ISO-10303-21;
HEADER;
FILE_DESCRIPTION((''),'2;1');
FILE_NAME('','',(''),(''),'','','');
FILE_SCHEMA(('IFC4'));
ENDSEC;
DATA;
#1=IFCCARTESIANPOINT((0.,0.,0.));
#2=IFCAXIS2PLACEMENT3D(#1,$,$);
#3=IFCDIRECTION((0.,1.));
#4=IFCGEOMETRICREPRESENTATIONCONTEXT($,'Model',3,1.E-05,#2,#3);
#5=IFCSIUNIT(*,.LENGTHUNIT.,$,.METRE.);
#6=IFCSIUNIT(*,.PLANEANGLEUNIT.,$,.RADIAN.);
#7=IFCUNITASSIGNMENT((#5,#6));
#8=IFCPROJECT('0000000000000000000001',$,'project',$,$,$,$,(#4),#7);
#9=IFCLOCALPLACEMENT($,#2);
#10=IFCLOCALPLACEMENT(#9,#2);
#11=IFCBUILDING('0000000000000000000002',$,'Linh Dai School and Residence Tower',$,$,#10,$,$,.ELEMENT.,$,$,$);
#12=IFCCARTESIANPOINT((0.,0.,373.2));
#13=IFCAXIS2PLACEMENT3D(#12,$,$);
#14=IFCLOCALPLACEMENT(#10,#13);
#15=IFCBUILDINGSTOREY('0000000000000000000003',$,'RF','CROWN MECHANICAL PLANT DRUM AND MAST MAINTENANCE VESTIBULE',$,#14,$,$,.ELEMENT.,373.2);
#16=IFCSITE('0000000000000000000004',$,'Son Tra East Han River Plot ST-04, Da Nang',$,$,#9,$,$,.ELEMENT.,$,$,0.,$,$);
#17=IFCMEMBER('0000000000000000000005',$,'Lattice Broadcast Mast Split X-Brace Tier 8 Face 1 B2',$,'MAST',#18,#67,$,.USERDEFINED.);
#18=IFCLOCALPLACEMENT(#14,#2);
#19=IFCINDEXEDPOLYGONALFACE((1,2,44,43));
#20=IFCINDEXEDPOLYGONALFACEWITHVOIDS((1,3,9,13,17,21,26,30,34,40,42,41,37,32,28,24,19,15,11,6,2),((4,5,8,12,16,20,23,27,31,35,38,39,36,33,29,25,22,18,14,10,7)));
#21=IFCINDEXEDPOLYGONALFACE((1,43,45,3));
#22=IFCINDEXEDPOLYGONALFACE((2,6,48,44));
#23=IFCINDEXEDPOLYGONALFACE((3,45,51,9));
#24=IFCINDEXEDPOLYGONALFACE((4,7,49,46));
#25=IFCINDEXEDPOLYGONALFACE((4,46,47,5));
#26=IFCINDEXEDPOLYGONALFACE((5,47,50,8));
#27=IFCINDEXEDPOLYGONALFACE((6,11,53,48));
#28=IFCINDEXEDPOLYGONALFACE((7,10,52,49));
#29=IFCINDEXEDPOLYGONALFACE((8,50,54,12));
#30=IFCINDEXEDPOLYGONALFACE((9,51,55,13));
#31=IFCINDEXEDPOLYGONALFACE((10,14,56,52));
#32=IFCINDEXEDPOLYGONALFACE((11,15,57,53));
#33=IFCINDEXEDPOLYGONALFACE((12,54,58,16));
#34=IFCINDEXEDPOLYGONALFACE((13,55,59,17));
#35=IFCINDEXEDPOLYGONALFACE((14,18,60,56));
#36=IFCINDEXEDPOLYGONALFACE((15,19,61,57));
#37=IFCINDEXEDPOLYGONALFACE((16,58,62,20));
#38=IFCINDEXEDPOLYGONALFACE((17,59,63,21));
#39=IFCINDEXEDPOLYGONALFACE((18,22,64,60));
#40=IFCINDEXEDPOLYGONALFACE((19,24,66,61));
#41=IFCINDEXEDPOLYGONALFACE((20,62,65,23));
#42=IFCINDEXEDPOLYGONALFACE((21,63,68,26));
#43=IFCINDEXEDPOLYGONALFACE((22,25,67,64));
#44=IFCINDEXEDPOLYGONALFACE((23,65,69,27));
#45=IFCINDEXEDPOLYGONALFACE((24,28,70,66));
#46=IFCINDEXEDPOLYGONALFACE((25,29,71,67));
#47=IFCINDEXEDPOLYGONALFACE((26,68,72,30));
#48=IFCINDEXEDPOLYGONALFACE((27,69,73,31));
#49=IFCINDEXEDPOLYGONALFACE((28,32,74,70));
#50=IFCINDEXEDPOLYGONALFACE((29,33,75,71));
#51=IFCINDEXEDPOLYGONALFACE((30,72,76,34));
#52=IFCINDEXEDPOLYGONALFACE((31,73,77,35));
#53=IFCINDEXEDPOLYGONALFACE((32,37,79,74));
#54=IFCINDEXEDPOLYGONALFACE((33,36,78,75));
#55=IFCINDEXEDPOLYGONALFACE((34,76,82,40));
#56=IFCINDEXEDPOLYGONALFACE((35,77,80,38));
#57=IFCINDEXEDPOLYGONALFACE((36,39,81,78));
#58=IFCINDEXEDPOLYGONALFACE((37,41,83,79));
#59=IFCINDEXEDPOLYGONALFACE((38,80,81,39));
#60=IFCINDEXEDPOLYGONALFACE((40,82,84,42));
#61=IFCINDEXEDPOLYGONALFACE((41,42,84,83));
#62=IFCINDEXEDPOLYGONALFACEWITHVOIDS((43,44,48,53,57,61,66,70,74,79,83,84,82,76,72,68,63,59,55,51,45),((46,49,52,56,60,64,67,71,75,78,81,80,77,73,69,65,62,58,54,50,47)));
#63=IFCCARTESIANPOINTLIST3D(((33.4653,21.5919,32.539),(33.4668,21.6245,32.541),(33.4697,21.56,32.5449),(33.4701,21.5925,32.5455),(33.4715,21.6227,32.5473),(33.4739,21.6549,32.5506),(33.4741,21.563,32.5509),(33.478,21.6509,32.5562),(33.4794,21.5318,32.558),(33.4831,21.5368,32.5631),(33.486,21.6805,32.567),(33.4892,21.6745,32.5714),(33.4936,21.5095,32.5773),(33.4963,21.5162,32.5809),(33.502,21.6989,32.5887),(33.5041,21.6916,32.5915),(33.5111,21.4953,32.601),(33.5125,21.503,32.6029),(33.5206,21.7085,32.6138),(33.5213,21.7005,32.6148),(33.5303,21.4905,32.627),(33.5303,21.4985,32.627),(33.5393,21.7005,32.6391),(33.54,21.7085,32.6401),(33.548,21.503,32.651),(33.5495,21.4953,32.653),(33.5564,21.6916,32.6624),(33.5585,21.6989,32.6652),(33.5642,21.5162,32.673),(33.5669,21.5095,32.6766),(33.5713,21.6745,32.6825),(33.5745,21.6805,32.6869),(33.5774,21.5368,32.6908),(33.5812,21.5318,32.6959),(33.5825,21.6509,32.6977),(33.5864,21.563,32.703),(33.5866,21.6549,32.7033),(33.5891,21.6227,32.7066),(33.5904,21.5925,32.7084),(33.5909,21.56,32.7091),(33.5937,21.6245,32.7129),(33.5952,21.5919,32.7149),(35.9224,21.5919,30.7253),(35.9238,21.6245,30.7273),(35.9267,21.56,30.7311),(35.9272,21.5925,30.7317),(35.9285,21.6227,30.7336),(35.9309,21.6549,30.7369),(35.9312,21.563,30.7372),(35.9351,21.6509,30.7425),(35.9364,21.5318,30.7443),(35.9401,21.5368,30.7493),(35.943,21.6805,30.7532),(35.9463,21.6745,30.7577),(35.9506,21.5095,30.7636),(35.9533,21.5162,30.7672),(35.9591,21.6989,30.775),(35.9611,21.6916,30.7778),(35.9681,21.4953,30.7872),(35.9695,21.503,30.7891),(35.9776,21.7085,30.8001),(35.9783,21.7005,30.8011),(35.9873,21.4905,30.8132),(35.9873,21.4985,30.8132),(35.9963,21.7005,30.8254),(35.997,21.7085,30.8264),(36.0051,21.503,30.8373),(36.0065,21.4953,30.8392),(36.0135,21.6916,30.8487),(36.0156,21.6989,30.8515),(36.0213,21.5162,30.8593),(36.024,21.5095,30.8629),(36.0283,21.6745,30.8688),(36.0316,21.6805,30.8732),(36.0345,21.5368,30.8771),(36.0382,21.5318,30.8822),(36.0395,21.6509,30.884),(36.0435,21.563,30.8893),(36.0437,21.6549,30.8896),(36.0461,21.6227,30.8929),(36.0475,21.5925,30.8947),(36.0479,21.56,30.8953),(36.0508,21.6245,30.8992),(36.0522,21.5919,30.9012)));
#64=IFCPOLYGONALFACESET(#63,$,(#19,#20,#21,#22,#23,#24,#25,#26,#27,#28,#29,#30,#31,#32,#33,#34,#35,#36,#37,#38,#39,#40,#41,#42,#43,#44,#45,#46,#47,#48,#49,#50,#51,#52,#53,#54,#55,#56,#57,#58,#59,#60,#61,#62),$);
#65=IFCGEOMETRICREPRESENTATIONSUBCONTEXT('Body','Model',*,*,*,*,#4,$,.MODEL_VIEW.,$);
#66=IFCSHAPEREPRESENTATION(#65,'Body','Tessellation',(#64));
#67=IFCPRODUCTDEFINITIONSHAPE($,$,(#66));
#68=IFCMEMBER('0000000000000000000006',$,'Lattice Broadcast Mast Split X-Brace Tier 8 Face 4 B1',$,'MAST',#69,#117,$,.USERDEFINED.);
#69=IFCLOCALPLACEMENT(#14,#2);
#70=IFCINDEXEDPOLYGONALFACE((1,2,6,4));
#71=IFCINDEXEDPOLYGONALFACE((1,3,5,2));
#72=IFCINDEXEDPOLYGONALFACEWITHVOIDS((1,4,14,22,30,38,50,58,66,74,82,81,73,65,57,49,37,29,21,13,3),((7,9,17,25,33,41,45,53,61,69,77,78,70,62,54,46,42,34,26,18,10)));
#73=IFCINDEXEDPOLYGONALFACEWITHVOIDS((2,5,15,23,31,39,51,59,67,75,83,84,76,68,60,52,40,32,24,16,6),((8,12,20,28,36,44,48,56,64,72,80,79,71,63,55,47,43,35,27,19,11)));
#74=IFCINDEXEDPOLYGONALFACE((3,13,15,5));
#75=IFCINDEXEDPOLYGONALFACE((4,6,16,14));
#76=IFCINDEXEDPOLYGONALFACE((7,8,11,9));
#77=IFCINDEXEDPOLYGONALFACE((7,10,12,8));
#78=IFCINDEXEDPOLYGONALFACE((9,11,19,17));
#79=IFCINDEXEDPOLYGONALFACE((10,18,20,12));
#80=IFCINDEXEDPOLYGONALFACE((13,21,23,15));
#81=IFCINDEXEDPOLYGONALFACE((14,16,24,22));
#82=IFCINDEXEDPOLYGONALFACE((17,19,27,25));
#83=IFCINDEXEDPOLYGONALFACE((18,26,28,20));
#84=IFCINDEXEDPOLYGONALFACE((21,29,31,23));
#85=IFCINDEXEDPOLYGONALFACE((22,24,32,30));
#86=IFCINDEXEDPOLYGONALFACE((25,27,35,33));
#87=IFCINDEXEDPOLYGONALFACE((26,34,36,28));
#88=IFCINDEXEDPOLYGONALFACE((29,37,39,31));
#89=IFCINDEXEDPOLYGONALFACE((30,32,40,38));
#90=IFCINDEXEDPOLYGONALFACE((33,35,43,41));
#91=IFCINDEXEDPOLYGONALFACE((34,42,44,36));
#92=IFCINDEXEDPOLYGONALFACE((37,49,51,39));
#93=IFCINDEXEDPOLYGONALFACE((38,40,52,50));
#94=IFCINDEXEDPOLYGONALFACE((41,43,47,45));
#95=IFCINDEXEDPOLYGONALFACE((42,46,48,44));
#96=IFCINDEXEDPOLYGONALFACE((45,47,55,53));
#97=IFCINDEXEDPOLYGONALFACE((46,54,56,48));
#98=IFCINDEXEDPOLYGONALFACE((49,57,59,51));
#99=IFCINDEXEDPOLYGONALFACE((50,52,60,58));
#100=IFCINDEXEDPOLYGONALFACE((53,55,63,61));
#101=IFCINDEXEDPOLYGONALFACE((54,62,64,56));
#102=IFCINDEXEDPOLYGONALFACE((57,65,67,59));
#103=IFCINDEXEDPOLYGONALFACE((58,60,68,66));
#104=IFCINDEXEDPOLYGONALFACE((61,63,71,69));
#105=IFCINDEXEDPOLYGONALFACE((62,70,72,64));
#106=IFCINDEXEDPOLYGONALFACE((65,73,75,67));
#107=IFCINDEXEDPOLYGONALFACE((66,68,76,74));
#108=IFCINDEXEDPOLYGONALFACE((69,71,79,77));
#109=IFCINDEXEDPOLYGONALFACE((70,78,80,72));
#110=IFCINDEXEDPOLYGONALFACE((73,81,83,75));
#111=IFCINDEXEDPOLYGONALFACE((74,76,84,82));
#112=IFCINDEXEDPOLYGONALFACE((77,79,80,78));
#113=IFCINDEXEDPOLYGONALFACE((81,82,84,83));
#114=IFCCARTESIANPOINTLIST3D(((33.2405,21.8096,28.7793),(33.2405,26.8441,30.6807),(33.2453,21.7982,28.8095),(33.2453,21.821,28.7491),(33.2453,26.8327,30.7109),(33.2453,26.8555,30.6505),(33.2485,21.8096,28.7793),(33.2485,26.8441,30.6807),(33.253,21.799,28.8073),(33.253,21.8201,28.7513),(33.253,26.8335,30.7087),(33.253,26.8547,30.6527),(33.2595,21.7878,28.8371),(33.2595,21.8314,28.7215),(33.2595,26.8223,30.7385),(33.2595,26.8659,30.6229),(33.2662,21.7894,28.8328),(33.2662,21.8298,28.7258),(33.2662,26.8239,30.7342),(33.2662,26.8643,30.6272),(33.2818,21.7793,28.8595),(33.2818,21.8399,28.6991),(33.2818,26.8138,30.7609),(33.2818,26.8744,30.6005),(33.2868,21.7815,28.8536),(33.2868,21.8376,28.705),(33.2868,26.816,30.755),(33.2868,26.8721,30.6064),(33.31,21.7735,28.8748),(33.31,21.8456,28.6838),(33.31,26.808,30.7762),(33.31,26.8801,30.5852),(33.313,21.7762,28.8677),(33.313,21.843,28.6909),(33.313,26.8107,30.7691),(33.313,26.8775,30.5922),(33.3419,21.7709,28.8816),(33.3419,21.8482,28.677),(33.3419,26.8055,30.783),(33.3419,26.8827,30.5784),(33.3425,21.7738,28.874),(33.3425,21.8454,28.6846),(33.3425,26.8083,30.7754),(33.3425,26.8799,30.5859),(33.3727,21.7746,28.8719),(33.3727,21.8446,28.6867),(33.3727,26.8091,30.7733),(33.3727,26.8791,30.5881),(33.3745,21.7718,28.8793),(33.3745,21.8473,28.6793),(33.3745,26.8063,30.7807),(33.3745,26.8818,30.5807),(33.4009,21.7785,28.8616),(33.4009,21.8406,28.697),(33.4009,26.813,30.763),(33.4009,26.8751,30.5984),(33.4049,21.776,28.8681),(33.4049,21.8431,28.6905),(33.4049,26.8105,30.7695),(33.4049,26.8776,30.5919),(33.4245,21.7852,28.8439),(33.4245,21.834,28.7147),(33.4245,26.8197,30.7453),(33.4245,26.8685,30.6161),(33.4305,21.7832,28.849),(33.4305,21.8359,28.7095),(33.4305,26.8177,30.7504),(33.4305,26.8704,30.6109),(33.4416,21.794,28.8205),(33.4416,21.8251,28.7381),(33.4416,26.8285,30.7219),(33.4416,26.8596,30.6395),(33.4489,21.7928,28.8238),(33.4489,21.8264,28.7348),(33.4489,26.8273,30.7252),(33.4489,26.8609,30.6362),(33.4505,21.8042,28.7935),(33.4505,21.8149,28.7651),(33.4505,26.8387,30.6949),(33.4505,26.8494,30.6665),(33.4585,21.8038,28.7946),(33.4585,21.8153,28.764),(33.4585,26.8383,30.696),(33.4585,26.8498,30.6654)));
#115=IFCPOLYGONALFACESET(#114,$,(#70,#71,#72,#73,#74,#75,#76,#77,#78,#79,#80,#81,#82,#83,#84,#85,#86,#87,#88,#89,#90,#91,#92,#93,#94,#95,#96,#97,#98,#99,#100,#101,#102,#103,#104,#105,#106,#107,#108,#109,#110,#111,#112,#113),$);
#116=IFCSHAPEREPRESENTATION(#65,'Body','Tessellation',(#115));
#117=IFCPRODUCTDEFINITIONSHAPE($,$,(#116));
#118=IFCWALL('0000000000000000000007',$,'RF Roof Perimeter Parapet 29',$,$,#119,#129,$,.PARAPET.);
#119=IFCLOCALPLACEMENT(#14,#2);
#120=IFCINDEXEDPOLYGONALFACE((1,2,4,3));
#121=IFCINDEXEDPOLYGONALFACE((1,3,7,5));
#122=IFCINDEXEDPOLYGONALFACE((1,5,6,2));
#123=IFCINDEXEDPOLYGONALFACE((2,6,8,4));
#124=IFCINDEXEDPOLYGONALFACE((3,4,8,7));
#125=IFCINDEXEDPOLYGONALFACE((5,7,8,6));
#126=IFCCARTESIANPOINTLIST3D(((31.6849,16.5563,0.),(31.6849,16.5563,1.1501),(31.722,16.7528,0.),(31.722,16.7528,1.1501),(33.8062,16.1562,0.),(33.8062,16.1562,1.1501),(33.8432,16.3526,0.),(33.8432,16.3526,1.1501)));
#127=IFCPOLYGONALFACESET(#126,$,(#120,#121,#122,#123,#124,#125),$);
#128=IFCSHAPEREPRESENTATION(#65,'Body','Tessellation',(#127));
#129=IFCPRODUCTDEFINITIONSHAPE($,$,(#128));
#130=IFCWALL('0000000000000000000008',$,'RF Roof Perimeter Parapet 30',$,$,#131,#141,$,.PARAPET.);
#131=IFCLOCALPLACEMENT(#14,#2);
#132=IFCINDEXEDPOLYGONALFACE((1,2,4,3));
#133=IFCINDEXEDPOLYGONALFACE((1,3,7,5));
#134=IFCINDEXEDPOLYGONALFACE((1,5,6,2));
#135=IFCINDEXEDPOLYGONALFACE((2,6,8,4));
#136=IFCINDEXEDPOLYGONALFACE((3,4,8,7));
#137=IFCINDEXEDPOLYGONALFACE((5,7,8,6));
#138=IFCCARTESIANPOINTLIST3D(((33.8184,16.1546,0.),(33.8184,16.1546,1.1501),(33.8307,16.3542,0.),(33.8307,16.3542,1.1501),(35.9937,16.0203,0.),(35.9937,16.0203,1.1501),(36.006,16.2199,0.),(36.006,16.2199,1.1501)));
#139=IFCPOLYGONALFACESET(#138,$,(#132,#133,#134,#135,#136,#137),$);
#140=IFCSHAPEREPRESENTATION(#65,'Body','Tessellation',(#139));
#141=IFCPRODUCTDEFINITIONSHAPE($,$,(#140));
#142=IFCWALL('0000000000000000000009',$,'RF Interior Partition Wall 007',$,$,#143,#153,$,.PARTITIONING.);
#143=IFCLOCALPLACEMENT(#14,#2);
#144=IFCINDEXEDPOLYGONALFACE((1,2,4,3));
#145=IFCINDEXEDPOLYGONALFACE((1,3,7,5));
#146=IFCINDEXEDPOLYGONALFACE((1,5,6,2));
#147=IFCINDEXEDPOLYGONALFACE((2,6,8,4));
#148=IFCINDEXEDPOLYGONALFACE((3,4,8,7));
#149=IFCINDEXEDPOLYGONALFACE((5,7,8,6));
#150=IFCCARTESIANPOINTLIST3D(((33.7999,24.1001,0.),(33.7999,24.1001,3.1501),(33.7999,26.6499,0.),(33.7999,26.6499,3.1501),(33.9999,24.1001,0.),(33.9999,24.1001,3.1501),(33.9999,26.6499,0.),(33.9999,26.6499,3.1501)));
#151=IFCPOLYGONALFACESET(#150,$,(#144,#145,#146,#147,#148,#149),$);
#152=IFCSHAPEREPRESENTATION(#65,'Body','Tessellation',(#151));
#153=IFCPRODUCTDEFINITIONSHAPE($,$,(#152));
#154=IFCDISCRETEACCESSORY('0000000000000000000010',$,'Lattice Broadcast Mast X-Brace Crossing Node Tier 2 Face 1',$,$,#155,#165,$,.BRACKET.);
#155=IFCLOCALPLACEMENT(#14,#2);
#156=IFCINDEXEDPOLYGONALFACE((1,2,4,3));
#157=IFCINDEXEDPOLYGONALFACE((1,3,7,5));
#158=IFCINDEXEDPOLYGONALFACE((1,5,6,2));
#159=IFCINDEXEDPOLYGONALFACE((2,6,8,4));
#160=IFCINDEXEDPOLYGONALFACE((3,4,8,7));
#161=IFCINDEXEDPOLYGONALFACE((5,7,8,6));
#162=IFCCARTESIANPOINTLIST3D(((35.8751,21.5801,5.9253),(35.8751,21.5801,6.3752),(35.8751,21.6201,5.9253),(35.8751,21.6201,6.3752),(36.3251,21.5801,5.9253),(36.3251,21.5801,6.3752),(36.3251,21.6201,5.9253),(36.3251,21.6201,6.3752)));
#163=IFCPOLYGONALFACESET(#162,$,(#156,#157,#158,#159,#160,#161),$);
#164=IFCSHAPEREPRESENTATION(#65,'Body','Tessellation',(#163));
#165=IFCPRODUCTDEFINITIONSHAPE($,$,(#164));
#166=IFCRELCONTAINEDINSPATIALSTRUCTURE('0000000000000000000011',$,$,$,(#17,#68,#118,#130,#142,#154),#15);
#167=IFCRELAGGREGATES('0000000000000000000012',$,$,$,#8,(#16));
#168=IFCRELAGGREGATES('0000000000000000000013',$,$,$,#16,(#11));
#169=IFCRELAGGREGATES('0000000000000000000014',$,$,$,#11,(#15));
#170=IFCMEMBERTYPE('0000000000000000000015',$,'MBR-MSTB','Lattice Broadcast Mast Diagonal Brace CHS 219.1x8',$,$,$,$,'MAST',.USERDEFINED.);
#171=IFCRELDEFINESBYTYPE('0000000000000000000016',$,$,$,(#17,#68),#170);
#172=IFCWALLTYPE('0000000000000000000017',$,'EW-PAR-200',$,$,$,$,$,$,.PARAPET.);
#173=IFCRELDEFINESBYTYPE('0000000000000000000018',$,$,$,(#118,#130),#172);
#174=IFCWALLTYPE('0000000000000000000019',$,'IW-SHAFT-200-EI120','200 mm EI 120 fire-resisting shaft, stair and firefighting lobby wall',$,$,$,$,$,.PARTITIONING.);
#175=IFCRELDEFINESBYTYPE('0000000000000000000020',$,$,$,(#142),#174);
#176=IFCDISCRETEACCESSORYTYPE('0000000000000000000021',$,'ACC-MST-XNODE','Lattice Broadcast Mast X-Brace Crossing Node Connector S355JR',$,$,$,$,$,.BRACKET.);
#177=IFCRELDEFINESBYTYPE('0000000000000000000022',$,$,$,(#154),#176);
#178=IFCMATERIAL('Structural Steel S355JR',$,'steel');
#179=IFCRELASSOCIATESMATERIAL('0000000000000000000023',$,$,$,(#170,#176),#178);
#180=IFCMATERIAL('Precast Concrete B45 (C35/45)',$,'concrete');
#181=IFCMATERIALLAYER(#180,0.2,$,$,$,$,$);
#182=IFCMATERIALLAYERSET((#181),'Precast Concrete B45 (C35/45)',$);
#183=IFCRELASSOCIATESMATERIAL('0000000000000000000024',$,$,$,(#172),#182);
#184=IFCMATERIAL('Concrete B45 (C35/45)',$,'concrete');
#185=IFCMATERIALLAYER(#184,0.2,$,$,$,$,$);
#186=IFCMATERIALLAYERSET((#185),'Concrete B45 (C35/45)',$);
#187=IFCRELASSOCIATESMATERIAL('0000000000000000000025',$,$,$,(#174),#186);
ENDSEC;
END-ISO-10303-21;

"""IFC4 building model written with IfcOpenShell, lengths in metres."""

from ifc_helpers import new_model, si_unit, direction, frame, frame_2d, origin, origin_2d, place, context, subcontext, project, spatial, rectangle, hollow_circle, extrude, source, transform, mapped, material, layer, layer_set, material_profile, profile_set, type_object, element, save


model = new_model("IFC4")

# Units and contexts
model_context = context("Model", 3, precision=1e-05, world=origin(), true_north=direction((0.0, 1.0)))
body_context = subcontext(model_context, "Body", "Model", "MODEL_VIEW")
ifc_project = project(units=[si_unit("LENGTHUNIT", "METRE"), si_unit("PLANEANGLEUNIT", "RADIAN")], contexts=[model_context])

# Site, building, storey
site_placement = place(None, origin())
site = spatial("IfcSite", under=ifc_project, at=site_placement, Name="Son Tra East Han River Plot ST-04, Da Nang", CompositionType="ELEMENT", RefElevation=0.0)
building_placement = place(site_placement, origin())
building = spatial("IfcBuilding", under=site, at=building_placement, Name="Linh Dai School and Residence Tower", CompositionType="ELEMENT")
storey_placement = place(building_placement, frame((0.0, 0.0, 373.2)))
storey = spatial("IfcBuildingStorey", under=building, at=storey_placement, Name="RF", Description="CROWN MECHANICAL PLANT DRUM AND MAST MAINTENANCE VESTIBULE", CompositionType="ELEMENT", Elevation=373.2)

# Shared definitions
ifc_material_1 = material(Name="Structural Steel S355JR", Category="steel")

# Members
ifc_material_profile_1 = material_profile(ifc_material_1, hollow_circle(Radius=0.1096, WallThickness=0.0081, at=origin_2d()), Name="CHS 219.1x8")
ifc_profile_set_1 = profile_set([ifc_material_profile_1], Name="Structural Steel S355JR")
member_type = type_object("IfcMemberType", Name="MBR-MSTB", Description="Lattice Broadcast Mast Diagonal Brace CHS 219.1x8", ElementType="MAST", PredefinedType="USERDEFINED", material=ifc_profile_set_1)
member_1_placement = place(storey_placement, frame((35.9873, 21.6001, 30.8132), z_axis=(-0.804543, 0.0, 0.593894), x_axis=(0.0, -1.0, 0.0)))
element("IfcMember", 1, at=member_1_placement, inside=storey, type_object=member_type, Name="Lattice Broadcast Mast Split X-Brace Tier 8 Face 1 B2", ObjectType="MAST", PredefinedType="USERDEFINED", context=body_context, shape_type="SweptSolid", body=[
    extrude(hollow_circle(Radius=0.1096, WallThickness=0.0081, at=origin_2d()), origin(), (0.0, 0.0, 1.0), 3.054),
])
member_2_placement = place(storey_placement, frame((33.3501, 21.8096, 28.7793), z_axis=(0.0, 0.935504, 0.353315), x_axis=(-1.0, 0.0, 0.0)))
element("IfcMember", 2, at=member_2_placement, inside=storey, type_object=member_type, Name="Lattice Broadcast Mast Split X-Brace Tier 8 Face 4 B1", ObjectType="MAST", PredefinedType="USERDEFINED", context=body_context, shape_type="SweptSolid", body=[
    extrude(hollow_circle(Radius=0.1096, WallThickness=0.0081, at=origin_2d()), origin(), (0.0, 0.0, 1.0), 5.3816),
])

# Walls
ifc_material_2 = material(Name="Precast Concrete B45 (C35/45)", Category="concrete")
ifc_layer_1 = layer(ifc_material_2, 0.2)
ifc_layer_set_1 = layer_set([ifc_layer_1], Name="Precast Concrete B45 (C35/45)")
wall_type_1 = type_object("IfcWallType", Name="EW-PAR-200", PredefinedType="PARAPET", material=ifc_layer_set_1)
wall_1_placement = place(storey_placement, frame((33.8247, 16.2544, 0.0), z_axis=(0.0, 0.0, 1.0), x_axis=(-0.982671, 0.18536, 0.0)))
element("IfcWall", 3, at=wall_1_placement, inside=storey, type_object=wall_type_1, Name="RF Roof Perimeter Parapet 29", PredefinedType="PARAPET", context=body_context, shape_type="SweptSolid", body=[
    extrude(rectangle(XDim=2.1587, YDim=0.2, at=frame_2d((1.0793, 0.0))), origin(), (0.0, 0.0, 1.0), 1.1501),
])
wall_2_placement = place(storey_placement, frame((36.0, 16.1201, 0.0), z_axis=(0.0, 0.0, 1.0), x_axis=(-0.9981, 0.061611, 0.0)))
element("IfcWall", 4, at=wall_2_placement, inside=storey, type_object=wall_type_1, Name="RF Roof Perimeter Parapet 30", PredefinedType="PARAPET", context=body_context, shape_type="SweptSolid", body=[
    extrude(rectangle(XDim=2.1794, YDim=0.2, at=frame_2d((1.0898, 0.0))), origin(), (0.0, 0.0, 1.0), 1.1501),
])
ifc_material_3 = material(Name="Concrete B45 (C35/45)", Category="concrete")
ifc_layer_2 = layer(ifc_material_3, 0.2)
ifc_layer_set_2 = layer_set([ifc_layer_2], Name="Concrete B45 (C35/45)")
wall_type_2 = type_object("IfcWallType", Name="IW-SHAFT-200-EI120", Description="200 mm EI 120 fire-resisting shaft, stair and firefighting lobby wall", PredefinedType="PARTITIONING", material=ifc_layer_set_2)
wall_3_placement = place(storey_placement, frame((33.8999, 24.1001, 0.0), z_axis=(0.0, 0.0, 1.0), x_axis=(0.0, 1.0, 0.0)))
element("IfcWall", 5, at=wall_3_placement, inside=storey, type_object=wall_type_2, Name="RF Interior Partition Wall 007", PredefinedType="PARTITIONING", context=body_context, shape_type="SweptSolid", body=[
    extrude(rectangle(XDim=2.5498, YDim=0.2, at=frame_2d((1.2749, 0.0))), origin(), (0.0, 0.0, 1.0), 3.1501),
])

# Discrete accessory
discrete_accessory_type = type_object("IfcDiscreteAccessoryType", Name="ACC-MST-XNODE", Description="Lattice Broadcast Mast X-Brace Crossing Node Connector S355JR", PredefinedType="BRACKET", material=ifc_material_1)
shared_shape = source(origin(), body_context, "Body", "SweptSolid", [
    extrude(rectangle(XDim=0.45, YDim=0.04, at=origin_2d()), origin(), (0.0, 0.0, 1.0), 0.45),
])
discrete_accessory_placement = place(storey_placement, frame((36.1001, 21.6001, 5.9253), z_axis=(0.0, 0.0, 1.0), x_axis=(1.0, 0.0, 0.0)))
element("IfcDiscreteAccessory", 6, at=discrete_accessory_placement, inside=storey, type_object=discrete_accessory_type, Name="Lattice Broadcast Mast X-Brace Crossing Node Tier 2 Face 1", PredefinedType="BRACKET", context=body_context, shape_type="MappedRepresentation", body=[
    mapped(shared_shape, transform((0.0, 0.0, 0.0), x_axis=(1.0, 0.0, 0.0), y_axis=(0.0, 1.0, 0.0), z_axis=(0.0, 0.0, 1.0), scale=1.0)),
])

save(model, "model.ifc")
